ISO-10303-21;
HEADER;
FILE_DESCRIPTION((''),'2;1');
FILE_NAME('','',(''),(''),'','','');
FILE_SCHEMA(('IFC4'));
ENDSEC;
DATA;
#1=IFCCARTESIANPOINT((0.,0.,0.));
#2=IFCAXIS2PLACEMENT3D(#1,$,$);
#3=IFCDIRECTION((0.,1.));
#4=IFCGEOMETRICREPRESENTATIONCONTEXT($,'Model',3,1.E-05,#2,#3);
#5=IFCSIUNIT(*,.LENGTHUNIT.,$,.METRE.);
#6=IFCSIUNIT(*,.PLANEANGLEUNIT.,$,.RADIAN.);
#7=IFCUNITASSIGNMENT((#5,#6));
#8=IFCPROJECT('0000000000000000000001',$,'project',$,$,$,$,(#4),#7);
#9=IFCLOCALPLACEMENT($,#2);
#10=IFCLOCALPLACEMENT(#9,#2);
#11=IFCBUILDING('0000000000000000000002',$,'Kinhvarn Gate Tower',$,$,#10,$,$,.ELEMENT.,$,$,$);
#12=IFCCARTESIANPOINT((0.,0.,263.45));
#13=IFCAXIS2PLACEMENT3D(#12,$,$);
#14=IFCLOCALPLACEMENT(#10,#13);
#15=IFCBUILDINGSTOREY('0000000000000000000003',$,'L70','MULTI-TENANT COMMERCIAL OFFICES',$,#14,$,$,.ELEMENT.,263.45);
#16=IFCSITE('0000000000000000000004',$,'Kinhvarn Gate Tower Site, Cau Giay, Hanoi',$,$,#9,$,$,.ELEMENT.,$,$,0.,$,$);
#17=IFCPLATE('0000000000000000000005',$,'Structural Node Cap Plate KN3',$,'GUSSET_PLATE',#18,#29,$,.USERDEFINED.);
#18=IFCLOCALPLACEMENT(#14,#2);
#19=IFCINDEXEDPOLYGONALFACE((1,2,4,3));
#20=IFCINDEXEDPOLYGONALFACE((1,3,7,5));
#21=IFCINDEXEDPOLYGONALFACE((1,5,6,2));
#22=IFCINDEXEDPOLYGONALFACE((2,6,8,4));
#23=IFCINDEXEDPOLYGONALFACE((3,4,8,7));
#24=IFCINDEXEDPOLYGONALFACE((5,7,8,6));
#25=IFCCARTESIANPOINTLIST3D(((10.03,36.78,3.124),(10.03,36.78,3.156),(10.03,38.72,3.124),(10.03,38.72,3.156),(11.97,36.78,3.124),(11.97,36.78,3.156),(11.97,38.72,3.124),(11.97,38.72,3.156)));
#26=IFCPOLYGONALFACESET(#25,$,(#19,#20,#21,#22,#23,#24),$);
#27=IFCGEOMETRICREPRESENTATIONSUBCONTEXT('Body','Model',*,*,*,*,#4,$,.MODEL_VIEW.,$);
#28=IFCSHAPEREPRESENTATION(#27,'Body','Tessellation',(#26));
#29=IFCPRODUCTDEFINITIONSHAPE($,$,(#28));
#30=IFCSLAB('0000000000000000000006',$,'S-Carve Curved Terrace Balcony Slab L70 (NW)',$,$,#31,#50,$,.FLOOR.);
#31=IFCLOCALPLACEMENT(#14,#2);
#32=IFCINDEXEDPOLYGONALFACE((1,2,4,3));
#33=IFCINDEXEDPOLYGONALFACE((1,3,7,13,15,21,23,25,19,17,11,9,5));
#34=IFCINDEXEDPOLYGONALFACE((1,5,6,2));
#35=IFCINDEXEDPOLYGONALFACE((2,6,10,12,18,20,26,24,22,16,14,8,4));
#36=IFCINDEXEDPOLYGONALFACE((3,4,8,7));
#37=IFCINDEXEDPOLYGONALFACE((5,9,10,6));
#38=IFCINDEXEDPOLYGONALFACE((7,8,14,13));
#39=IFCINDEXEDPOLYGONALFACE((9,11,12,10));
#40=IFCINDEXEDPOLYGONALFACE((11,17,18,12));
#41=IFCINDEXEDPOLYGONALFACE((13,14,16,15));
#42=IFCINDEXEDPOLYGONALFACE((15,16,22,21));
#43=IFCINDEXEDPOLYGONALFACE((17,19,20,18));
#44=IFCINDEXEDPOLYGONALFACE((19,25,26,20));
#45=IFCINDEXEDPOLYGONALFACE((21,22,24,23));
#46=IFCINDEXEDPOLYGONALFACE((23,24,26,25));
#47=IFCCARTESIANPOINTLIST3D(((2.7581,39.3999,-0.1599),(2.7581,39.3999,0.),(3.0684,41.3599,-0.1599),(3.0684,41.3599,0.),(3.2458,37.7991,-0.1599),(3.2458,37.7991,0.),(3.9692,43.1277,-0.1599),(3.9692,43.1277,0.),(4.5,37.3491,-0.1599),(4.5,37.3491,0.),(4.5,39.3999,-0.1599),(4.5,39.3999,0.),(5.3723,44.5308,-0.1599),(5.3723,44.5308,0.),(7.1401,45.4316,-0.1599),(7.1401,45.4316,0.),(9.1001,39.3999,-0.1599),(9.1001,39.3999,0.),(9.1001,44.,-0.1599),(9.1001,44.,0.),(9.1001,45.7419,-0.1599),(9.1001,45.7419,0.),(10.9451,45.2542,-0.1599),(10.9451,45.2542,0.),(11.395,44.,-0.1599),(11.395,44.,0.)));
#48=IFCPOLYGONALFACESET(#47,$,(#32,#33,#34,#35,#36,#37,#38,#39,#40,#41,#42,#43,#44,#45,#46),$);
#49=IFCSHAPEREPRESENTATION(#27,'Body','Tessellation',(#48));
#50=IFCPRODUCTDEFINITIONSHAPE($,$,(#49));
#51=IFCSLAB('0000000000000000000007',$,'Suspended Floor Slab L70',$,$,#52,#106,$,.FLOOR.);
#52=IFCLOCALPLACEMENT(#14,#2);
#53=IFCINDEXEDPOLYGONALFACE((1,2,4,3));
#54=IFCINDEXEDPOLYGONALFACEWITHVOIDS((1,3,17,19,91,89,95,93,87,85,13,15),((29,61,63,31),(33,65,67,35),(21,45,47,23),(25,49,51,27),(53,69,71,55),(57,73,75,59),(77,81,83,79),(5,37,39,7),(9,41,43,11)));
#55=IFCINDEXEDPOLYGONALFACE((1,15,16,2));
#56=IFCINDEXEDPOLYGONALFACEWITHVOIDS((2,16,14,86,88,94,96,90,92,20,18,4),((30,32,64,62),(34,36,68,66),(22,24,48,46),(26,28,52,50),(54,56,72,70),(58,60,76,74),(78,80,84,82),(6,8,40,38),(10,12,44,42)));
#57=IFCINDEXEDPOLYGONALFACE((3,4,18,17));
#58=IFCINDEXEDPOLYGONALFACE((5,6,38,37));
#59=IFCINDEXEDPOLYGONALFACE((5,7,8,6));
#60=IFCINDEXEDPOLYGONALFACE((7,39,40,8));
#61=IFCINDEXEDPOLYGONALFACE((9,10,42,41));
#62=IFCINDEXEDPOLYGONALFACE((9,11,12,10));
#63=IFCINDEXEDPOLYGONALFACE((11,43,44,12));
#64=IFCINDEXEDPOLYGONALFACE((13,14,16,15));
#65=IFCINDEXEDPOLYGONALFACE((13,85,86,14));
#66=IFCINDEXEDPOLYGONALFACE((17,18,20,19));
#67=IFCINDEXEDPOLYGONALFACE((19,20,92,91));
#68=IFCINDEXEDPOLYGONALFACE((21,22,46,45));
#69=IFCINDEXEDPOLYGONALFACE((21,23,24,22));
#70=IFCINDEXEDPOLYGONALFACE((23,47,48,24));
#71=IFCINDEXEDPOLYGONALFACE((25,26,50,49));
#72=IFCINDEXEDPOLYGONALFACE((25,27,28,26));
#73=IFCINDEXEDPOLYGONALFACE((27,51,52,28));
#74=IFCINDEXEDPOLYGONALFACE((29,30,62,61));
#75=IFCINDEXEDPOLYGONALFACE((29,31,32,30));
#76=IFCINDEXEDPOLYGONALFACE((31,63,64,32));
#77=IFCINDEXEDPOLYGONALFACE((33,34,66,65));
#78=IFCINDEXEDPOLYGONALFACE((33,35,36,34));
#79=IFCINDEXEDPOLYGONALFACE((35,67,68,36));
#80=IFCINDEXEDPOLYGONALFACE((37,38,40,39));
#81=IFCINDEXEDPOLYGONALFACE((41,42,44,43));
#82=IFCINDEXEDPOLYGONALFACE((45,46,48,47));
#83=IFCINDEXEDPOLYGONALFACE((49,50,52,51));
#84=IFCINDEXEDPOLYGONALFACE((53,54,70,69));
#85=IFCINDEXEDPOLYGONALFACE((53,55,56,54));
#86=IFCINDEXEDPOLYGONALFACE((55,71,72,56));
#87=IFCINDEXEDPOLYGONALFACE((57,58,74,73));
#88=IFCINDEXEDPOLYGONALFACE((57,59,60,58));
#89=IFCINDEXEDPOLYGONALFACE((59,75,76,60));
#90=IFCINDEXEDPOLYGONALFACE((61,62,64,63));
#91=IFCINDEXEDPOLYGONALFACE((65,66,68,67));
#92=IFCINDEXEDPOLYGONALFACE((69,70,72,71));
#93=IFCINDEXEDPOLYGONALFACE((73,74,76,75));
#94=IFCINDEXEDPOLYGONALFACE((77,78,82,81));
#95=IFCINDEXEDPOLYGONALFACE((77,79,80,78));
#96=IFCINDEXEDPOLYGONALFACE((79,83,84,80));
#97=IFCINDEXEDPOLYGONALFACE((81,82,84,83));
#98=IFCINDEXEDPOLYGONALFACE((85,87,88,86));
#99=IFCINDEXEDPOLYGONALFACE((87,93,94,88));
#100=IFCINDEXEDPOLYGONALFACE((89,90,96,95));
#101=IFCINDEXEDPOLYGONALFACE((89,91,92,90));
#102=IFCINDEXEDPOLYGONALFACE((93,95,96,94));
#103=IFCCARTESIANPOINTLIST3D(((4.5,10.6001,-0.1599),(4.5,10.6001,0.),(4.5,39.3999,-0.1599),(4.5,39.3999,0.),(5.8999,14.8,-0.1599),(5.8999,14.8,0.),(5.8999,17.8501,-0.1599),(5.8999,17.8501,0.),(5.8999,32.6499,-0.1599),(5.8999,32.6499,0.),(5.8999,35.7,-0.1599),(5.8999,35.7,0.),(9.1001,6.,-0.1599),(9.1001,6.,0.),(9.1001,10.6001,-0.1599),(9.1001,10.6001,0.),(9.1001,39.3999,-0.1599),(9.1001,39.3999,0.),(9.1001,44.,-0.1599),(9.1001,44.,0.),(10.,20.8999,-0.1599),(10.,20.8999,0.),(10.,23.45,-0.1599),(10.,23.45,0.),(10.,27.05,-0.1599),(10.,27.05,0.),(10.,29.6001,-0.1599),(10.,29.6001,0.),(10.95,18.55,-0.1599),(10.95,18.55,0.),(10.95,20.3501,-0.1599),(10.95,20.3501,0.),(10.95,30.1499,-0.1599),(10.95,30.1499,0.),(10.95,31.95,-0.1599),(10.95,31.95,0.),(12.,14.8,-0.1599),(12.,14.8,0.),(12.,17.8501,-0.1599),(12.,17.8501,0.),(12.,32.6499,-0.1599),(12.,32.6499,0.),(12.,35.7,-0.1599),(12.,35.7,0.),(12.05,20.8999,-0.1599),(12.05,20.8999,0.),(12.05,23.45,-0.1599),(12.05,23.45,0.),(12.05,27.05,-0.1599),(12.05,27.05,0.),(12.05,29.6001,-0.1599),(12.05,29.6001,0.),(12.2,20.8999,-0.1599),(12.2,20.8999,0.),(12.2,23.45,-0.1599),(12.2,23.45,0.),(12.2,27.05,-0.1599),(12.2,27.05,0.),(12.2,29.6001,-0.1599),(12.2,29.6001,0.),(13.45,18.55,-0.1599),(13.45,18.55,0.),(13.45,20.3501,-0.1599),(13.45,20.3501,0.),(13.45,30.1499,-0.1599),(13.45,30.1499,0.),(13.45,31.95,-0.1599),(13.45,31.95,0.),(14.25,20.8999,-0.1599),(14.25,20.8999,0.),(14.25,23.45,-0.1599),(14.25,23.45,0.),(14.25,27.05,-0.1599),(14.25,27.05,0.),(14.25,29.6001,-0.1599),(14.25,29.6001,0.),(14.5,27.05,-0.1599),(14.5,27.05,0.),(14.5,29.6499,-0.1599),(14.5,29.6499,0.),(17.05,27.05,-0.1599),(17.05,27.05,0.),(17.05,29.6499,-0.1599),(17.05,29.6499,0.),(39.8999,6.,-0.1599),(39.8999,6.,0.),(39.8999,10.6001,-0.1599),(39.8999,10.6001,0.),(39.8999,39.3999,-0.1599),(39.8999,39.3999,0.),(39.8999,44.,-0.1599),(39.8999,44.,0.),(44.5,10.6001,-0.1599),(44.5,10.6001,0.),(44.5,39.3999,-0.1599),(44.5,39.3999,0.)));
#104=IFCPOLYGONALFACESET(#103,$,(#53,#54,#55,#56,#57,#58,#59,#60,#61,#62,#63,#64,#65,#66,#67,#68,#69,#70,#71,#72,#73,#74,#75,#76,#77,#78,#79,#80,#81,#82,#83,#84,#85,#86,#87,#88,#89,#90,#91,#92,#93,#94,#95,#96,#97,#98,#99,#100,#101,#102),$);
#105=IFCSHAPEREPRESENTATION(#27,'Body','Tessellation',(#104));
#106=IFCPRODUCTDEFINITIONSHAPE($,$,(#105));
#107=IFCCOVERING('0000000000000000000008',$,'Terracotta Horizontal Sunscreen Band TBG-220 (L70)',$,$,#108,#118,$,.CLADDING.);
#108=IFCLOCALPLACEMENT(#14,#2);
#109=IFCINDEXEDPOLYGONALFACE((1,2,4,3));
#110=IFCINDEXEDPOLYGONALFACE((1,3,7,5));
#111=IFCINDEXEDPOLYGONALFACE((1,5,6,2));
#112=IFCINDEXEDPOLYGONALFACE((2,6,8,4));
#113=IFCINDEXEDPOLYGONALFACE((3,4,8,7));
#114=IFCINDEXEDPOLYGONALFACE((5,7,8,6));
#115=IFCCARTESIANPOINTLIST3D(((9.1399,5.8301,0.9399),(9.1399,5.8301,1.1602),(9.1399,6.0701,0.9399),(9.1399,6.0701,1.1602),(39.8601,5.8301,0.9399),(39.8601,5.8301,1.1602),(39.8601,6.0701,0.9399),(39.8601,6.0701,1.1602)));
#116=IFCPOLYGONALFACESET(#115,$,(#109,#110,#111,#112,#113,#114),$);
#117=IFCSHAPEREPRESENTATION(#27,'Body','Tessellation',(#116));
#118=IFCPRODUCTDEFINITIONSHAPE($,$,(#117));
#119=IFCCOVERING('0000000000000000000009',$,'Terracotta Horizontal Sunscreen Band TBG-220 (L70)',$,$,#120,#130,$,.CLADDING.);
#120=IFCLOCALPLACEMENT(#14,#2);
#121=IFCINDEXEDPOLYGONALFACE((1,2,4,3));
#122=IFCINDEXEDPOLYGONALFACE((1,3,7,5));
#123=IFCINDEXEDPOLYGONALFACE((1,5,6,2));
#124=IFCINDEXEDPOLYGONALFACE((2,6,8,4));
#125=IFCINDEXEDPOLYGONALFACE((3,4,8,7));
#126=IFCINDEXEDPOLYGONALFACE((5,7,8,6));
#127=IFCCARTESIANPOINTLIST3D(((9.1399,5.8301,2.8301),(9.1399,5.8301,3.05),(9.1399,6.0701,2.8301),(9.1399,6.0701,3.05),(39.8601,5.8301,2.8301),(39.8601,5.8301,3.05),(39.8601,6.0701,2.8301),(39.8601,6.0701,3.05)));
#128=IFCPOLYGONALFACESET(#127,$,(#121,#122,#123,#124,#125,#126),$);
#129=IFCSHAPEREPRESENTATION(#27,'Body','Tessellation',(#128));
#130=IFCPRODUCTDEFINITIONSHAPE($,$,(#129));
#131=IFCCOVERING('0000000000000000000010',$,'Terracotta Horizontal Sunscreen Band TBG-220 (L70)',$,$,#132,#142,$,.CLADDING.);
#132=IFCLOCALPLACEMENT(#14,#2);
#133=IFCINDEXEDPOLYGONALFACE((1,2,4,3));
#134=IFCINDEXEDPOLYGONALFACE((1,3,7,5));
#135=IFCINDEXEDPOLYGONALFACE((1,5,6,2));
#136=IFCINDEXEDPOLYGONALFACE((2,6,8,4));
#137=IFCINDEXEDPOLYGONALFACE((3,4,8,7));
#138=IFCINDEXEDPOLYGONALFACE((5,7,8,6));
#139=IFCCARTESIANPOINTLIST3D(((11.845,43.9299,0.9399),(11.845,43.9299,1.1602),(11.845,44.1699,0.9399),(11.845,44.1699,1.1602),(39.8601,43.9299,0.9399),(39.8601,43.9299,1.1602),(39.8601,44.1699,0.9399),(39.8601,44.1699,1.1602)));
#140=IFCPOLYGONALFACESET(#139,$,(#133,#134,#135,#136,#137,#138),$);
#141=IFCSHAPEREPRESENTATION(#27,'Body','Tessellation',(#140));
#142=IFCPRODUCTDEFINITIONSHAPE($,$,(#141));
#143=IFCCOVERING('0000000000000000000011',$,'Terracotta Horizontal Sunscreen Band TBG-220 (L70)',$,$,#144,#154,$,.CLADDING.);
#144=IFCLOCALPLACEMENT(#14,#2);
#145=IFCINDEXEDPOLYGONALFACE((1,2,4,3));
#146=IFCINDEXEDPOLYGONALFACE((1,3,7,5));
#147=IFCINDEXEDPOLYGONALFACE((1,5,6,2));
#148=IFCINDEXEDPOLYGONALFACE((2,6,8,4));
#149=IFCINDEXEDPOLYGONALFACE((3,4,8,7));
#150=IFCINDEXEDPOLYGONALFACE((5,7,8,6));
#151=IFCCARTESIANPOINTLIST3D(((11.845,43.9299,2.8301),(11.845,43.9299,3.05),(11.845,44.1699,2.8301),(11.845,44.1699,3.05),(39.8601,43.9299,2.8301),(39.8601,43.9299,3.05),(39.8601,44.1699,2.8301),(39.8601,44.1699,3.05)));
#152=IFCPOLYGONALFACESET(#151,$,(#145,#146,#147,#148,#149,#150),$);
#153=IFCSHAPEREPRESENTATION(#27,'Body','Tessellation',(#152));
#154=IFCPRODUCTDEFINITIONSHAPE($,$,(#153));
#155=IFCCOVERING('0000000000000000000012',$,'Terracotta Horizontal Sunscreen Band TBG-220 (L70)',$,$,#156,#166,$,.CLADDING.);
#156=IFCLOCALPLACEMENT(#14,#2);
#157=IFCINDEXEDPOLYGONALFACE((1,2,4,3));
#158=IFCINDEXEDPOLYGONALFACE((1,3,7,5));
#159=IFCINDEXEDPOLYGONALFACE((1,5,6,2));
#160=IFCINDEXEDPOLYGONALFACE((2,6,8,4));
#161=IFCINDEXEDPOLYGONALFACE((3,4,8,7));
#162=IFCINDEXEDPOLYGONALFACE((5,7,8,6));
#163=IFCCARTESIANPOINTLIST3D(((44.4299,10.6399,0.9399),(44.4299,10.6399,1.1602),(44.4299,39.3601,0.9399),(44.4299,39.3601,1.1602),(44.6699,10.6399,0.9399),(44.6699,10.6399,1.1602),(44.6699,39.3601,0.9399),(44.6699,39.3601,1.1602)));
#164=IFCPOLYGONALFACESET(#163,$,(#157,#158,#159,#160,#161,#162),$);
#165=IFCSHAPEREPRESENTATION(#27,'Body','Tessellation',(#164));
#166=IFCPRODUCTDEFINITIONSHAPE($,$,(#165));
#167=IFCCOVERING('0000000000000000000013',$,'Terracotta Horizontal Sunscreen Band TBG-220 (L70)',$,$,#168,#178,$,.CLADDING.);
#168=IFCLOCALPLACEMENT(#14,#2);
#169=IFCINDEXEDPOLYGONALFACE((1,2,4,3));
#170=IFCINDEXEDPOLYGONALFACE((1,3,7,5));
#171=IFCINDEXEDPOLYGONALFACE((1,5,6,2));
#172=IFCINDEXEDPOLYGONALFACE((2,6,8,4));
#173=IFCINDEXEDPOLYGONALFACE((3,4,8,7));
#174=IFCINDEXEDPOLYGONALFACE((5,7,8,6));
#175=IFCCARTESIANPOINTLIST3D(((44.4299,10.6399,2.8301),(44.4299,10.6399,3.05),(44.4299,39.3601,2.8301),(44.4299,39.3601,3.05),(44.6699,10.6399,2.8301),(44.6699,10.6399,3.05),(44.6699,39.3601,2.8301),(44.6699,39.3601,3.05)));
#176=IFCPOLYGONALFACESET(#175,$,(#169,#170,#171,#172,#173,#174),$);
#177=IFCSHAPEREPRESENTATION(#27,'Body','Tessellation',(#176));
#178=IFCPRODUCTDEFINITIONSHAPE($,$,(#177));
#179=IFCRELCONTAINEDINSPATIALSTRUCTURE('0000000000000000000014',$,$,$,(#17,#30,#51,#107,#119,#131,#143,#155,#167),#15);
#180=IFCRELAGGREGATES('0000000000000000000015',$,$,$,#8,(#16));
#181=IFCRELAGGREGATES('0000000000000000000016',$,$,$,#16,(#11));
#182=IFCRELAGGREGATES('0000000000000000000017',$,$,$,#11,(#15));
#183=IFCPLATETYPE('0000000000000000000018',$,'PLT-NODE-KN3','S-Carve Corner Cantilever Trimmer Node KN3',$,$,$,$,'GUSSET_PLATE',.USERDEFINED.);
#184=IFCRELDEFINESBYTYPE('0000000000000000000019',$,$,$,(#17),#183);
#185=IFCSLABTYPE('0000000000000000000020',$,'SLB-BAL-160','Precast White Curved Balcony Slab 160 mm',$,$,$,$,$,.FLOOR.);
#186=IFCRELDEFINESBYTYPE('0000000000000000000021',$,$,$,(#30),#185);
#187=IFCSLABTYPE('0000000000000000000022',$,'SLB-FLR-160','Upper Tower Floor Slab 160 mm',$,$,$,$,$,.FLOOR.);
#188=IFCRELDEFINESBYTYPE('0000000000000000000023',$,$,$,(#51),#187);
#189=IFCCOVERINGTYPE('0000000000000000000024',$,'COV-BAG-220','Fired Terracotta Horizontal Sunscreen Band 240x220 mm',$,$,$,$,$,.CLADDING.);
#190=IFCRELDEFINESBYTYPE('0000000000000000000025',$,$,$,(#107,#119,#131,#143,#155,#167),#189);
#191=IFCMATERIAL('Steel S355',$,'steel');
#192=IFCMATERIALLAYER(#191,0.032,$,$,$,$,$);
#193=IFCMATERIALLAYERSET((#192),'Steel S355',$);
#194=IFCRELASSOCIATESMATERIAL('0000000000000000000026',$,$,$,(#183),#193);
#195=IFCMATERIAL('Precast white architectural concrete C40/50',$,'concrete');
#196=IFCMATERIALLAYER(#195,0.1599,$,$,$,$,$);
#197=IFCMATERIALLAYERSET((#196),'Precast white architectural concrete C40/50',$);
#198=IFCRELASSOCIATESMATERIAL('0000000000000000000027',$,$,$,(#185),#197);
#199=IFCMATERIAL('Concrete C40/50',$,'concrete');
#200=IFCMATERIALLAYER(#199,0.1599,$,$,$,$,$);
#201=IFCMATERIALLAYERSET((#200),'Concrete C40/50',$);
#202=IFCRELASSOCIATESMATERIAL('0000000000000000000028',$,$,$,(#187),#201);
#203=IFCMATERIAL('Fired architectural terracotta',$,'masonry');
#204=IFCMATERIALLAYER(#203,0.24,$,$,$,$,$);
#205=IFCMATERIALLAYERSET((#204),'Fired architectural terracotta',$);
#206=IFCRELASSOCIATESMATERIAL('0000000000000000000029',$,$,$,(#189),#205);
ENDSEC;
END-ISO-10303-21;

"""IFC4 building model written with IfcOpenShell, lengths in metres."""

from ifc_helpers import new_model, si_unit, direction, frame, origin, place, context, subcontext, project, spatial, polyline, outline, extrude, material, layer, layer_set, type_object, element, save


model = new_model("IFC4")

# Units and contexts
model_context = context("Model", 3, precision=1e-05, world=origin(), true_north=direction((0.0, 1.0)))
body_context = subcontext(model_context, "Body", "Model", "MODEL_VIEW")
ifc_project = project(units=[si_unit("LENGTHUNIT", "METRE"), si_unit("PLANEANGLEUNIT", "RADIAN")], contexts=[model_context])

# Site, building, storey
site_placement = place(None, origin())
site = spatial("IfcSite", under=ifc_project, at=site_placement, Name="Kinhvarn Gate Tower Site, Cau Giay, Hanoi", CompositionType="ELEMENT", RefElevation=0.0)
building_placement = place(site_placement, origin())
building = spatial("IfcBuilding", under=site, at=building_placement, Name="Kinhvarn Gate Tower", CompositionType="ELEMENT")
storey_placement = place(building_placement, frame((0.0, 0.0, 263.45)))
storey = spatial("IfcBuildingStorey", under=building, at=storey_placement, Name="L70", Description="MULTI-TENANT COMMERCIAL OFFICES", CompositionType="ELEMENT", Elevation=263.45)

# Plate
ifc_material_1 = material(Name="Steel S355", Category="steel")
ifc_layer_1 = layer(ifc_material_1, 0.032)
ifc_layer_set_1 = layer_set([ifc_layer_1], Name="Steel S355")
plate_type = type_object("IfcPlateType", Name="PLT-NODE-KN3", Description="S-Carve Corner Cantilever Trimmer Node KN3", ElementType="GUSSET_PLATE", PredefinedType="USERDEFINED", material=ifc_layer_set_1)
plate_placement = place(storey_placement, frame((0.0, 0.0, 3.124)))
element("IfcPlate", 1, at=plate_placement, inside=storey, type_object=plate_type, Name="Structural Node Cap Plate KN3", ObjectType="GUSSET_PLATE", PredefinedType="USERDEFINED", context=body_context, shape_type="SweptSolid", body=[
    extrude(outline(polyline([(10.03, 36.78), (11.97, 36.78), (11.97, 38.72), (10.03, 38.72), (10.03, 36.78)])), origin(), (0.0, 0.0, 1.0), 0.032),
])

# Slabs
ifc_material_2 = material(Name="Precast white architectural concrete C40/50", Category="concrete")
ifc_layer_2 = layer(ifc_material_2, 0.1599)
ifc_layer_set_2 = layer_set([ifc_layer_2], Name="Precast white architectural concrete C40/50")
slab_type_1 = type_object("IfcSlabType", Name="SLB-BAL-160", Description="Precast White Curved Balcony Slab 160 mm", PredefinedType="FLOOR", material=ifc_layer_set_2)
slab_1_placement = place(storey_placement, frame((0.0, 0.0, -0.1599)))
element("IfcSlab", 2, at=slab_1_placement, inside=storey, type_object=slab_type_1, Name="S-Carve Curved Terrace Balcony Slab L70 (NW)", PredefinedType="FLOOR", context=body_context, shape_type="SweptSolid", body=[
    extrude(outline(polyline([(11.395, 44.0), (10.9451, 45.2542), (9.1001, 45.7419), (7.1401, 45.4316), (5.3723, 44.5308), (3.9692, 43.1277), (3.0684, 41.3599), (2.7581, 39.3999), (3.2458, 37.7991), (4.5, 37.3491), (4.5, 39.3999), (9.1001, 39.3999), (9.1001, 44.0), (11.395, 44.0)])), origin(), (0.0, 0.0, 1.0), 0.1599),
])
ifc_material_3 = material(Name="Concrete C40/50", Category="concrete")
ifc_layer_3 = layer(ifc_material_3, 0.1599)
ifc_layer_set_3 = layer_set([ifc_layer_3], Name="Concrete C40/50")
slab_type_2 = type_object("IfcSlabType", Name="SLB-FLR-160", Description="Upper Tower Floor Slab 160 mm", PredefinedType="FLOOR", material=ifc_layer_set_3)
slab_2_placement = place(storey_placement, frame((0.0, 0.0, -0.1599)))
element("IfcSlab", 3, at=slab_2_placement, inside=storey, type_object=slab_type_2, Name="Suspended Floor Slab L70", PredefinedType="FLOOR", context=body_context, shape_type="SweptSolid", body=[
    extrude(outline(polyline([(9.1001, 6.0), (39.8999, 6.0), (39.8999, 10.6001), (44.5, 10.6001), (44.5, 39.3999), (39.8999, 39.3999), (39.8999, 44.0), (9.1001, 44.0), (9.1001, 39.3999), (4.5, 39.3999), (4.5, 10.6001), (9.1001, 10.6001), (9.1001, 6.0)]), holes=[polyline([(5.8999, 14.8), (12.0, 14.8), (12.0, 17.8501), (5.8999, 17.8501), (5.8999, 14.8)]), polyline([(5.8999, 32.6499), (12.0, 32.6499), (12.0, 35.7), (5.8999, 35.7), (5.8999, 32.6499)]), polyline([(10.0, 20.8999), (12.05, 20.8999), (12.05, 23.45), (10.0, 23.45), (10.0, 20.8999)]), polyline([(12.2, 20.8999), (14.25, 20.8999), (14.25, 23.45), (12.2, 23.45), (12.2, 20.8999)]), polyline([(10.0, 27.05), (12.05, 27.05), (12.05, 29.6001), (10.0, 29.6001), (10.0, 27.05)]), polyline([(12.2, 27.05), (14.25, 27.05), (14.25, 29.6001), (12.2, 29.6001), (12.2, 27.05)]), polyline([(14.5, 27.05), (17.05, 27.05), (17.05, 29.6499), (14.5, 29.6499), (14.5, 27.05)]), polyline([(10.95, 18.55), (13.45, 18.55), (13.45, 20.3501), (10.95, 20.3501), (10.95, 18.55)]), polyline([(10.95, 30.1499), (13.45, 30.1499), (13.45, 31.95), (10.95, 31.95), (10.95, 30.1499)])]), origin(), (0.0, 0.0, 1.0), 0.1599),
])

# Coverings
ifc_material_4 = material(Name="Fired architectural terracotta", Category="masonry")
ifc_layer_4 = layer(ifc_material_4, 0.24)
ifc_layer_set_4 = layer_set([ifc_layer_4], Name="Fired architectural terracotta")
covering_type_1 = type_object("IfcCoveringType", Name="COV-BAG-220", Description="Fired Terracotta Horizontal Sunscreen Band 240x220 mm", PredefinedType="CLADDING", material=ifc_layer_set_4)
covering_1_placement = place(storey_placement, frame((0.0, 0.0, 0.9399)))
element("IfcCovering", 4, at=covering_1_placement, inside=storey, type_object=covering_type_1, Name="Terracotta Horizontal Sunscreen Band TBG-220 (L70)", PredefinedType="CLADDING", context=body_context, shape_type="SweptSolid", body=[
    extrude(outline(polyline([(9.1399, 6.0701), (39.8601, 6.0701), (39.8601, 5.8301), (9.1399, 5.8301), (9.1399, 6.0701)])), origin(), (0.0, 0.0, 1.0), 0.2202),
])
covering_2_placement = place(storey_placement, frame((0.0, 0.0, 2.8301)))
element("IfcCovering", 5, at=covering_2_placement, inside=storey, type_object=covering_type_1, Name="Terracotta Horizontal Sunscreen Band TBG-220 (L70)", PredefinedType="CLADDING", context=body_context, shape_type="SweptSolid", body=[
    extrude(outline(polyline([(9.1399, 6.0701), (39.8601, 6.0701), (39.8601, 5.8301), (9.1399, 5.8301), (9.1399, 6.0701)])), origin(), (0.0, 0.0, 1.0), 0.22),
])
covering_3_placement = place(storey_placement, frame((0.0, 0.0, 0.9399)))
element("IfcCovering", 6, at=covering_3_placement, inside=storey, type_object=covering_type_1, Name="Terracotta Horizontal Sunscreen Band TBG-220 (L70)", PredefinedType="CLADDING", context=body_context, shape_type="SweptSolid", body=[
    extrude(outline(polyline([(39.8601, 43.9299), (11.845, 43.9299), (11.845, 44.1699), (39.8601, 44.1699), (39.8601, 43.9299)])), origin(), (0.0, 0.0, 1.0), 0.2202),
])
covering_4_placement = place(storey_placement, frame((0.0, 0.0, 2.8301)))
element("IfcCovering", 7, at=covering_4_placement, inside=storey, type_object=covering_type_1, Name="Terracotta Horizontal Sunscreen Band TBG-220 (L70)", PredefinedType="CLADDING", context=body_context, shape_type="SweptSolid", body=[
    extrude(outline(polyline([(39.8601, 43.9299), (11.845, 43.9299), (11.845, 44.1699), (39.8601, 44.1699), (39.8601, 43.9299)])), origin(), (0.0, 0.0, 1.0), 0.22),
])
covering_5_placement = place(storey_placement, frame((0.0, 0.0, 0.9399)))
element("IfcCovering", 8, at=covering_5_placement, inside=storey, type_object=covering_type_1, Name="Terracotta Horizontal Sunscreen Band TBG-220 (L70)", PredefinedType="CLADDING", context=body_context, shape_type="SweptSolid", body=[
    extrude(outline(polyline([(44.4299, 10.6399), (44.4299, 39.3601), (44.6699, 39.3601), (44.6699, 10.6399), (44.4299, 10.6399)])), origin(), (0.0, 0.0, 1.0), 0.2202),
])
covering_6_placement = place(storey_placement, frame((0.0, 0.0, 2.8301)))
element("IfcCovering", 9, at=covering_6_placement, inside=storey, type_object=covering_type_1, Name="Terracotta Horizontal Sunscreen Band TBG-220 (L70)", PredefinedType="CLADDING", context=body_context, shape_type="SweptSolid", body=[
    extrude(outline(polyline([(44.4299, 10.6399), (44.4299, 39.3601), (44.6699, 39.3601), (44.6699, 10.6399), (44.4299, 10.6399)])), origin(), (0.0, 0.0, 1.0), 0.22),
])

save(model, "model.ifc")
